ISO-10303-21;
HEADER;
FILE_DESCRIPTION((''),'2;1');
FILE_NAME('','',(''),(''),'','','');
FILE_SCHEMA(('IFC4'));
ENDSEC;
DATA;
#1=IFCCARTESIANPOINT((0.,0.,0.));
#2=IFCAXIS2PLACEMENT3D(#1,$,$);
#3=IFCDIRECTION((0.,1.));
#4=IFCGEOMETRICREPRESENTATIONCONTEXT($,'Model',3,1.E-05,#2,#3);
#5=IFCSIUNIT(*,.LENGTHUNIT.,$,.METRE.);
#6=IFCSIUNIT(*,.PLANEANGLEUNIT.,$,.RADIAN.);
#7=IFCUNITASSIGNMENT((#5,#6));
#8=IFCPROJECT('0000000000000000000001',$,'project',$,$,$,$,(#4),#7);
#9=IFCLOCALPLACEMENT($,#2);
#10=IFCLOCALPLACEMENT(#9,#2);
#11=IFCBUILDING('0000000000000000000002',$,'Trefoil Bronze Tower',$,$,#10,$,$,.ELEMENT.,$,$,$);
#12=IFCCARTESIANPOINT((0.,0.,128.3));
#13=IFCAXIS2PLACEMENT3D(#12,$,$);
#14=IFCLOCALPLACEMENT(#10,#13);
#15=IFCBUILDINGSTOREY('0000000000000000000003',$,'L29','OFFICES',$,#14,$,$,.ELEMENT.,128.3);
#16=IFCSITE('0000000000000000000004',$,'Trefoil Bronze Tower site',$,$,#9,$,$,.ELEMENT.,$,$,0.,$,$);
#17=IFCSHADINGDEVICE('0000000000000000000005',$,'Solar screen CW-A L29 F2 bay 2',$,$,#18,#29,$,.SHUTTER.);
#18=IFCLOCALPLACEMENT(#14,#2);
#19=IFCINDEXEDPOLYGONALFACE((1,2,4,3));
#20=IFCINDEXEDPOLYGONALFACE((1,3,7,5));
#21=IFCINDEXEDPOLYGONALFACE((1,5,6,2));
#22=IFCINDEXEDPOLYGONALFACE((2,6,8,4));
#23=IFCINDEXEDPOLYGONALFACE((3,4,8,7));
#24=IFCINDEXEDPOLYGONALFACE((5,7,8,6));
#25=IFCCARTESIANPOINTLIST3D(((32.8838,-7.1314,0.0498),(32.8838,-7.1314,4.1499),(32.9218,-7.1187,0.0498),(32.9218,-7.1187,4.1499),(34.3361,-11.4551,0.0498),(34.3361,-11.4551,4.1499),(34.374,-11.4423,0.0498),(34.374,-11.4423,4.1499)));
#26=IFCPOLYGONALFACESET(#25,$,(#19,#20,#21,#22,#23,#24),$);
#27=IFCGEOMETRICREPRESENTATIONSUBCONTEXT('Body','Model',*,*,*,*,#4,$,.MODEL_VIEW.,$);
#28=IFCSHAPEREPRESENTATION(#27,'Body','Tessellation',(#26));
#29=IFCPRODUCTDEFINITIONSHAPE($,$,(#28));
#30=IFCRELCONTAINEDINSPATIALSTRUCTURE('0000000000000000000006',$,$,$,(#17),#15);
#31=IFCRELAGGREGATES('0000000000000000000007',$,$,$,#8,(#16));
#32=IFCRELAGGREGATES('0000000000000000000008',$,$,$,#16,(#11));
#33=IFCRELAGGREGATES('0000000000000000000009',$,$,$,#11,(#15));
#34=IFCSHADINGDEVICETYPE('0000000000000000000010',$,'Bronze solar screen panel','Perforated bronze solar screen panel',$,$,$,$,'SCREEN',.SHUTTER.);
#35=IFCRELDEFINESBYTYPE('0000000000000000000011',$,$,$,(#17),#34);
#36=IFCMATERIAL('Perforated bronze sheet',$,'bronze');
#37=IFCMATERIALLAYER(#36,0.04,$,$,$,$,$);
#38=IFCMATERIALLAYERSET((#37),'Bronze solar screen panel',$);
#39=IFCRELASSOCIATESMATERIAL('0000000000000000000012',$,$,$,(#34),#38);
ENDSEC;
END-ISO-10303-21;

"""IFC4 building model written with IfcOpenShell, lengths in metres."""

from ifc_helpers import new_model, si_unit, direction, frame, origin, origin_2d, place, context, subcontext, project, spatial, rectangle, extrude, material, layer, layer_set, type_object, element, save


model = new_model("IFC4")

# Units and contexts
model_context = context("Model", 3, precision=1e-05, world=origin(), true_north=direction((0.0, 1.0)))
body_context = subcontext(model_context, "Body", "Model", "MODEL_VIEW")
ifc_project = project(units=[si_unit("LENGTHUNIT", "METRE"), si_unit("PLANEANGLEUNIT", "RADIAN")], contexts=[model_context])

# Site, building, storey
site_placement = place(None, origin())
site = spatial("IfcSite", under=ifc_project, at=site_placement, Name="Trefoil Bronze Tower site", CompositionType="ELEMENT", RefElevation=0.0)
building_placement = place(site_placement, origin())
building = spatial("IfcBuilding", under=site, at=building_placement, Name="Trefoil Bronze Tower", CompositionType="ELEMENT")
storey_placement = place(building_placement, frame((0.0, 0.0, 128.3)))
storey = spatial("IfcBuildingStorey", under=building, at=storey_placement, Name="L29", Description="OFFICES", CompositionType="ELEMENT", Elevation=128.3)

# Shading device
ifc_material_1 = material(Name="Perforated bronze sheet", Category="bronze")
ifc_layer_1 = layer(ifc_material_1, 0.04)
ifc_layer_set_1 = layer_set([ifc_layer_1], Name="Bronze solar screen panel")
shading_device_type = type_object("IfcShadingDeviceType", Name="Bronze solar screen panel", Description="Perforated bronze solar screen panel", ElementType="SCREEN", PredefinedType="SHUTTER", material=ifc_layer_set_1)
shading_device_1_placement = place(storey_placement, frame((33.6289, -9.2869, 0.0498), z_axis=(0.0, 0.0, 1.0), x_axis=(-0.318404, 0.947955, 0.0)))
element("IfcShadingDevice", 1, at=shading_device_1_placement, inside=storey, type_object=shading_device_type, Name="Solar screen CW-A L29 F2 bay 2", PredefinedType="SHUTTER", context=body_context, shape_type="SweptSolid", body=[
    extrude(rectangle(XDim=4.561, YDim=0.04, at=origin_2d()), origin(), (0.0, 0.0, 1.0), 4.1001),
])

save(model, "model.ifc")
